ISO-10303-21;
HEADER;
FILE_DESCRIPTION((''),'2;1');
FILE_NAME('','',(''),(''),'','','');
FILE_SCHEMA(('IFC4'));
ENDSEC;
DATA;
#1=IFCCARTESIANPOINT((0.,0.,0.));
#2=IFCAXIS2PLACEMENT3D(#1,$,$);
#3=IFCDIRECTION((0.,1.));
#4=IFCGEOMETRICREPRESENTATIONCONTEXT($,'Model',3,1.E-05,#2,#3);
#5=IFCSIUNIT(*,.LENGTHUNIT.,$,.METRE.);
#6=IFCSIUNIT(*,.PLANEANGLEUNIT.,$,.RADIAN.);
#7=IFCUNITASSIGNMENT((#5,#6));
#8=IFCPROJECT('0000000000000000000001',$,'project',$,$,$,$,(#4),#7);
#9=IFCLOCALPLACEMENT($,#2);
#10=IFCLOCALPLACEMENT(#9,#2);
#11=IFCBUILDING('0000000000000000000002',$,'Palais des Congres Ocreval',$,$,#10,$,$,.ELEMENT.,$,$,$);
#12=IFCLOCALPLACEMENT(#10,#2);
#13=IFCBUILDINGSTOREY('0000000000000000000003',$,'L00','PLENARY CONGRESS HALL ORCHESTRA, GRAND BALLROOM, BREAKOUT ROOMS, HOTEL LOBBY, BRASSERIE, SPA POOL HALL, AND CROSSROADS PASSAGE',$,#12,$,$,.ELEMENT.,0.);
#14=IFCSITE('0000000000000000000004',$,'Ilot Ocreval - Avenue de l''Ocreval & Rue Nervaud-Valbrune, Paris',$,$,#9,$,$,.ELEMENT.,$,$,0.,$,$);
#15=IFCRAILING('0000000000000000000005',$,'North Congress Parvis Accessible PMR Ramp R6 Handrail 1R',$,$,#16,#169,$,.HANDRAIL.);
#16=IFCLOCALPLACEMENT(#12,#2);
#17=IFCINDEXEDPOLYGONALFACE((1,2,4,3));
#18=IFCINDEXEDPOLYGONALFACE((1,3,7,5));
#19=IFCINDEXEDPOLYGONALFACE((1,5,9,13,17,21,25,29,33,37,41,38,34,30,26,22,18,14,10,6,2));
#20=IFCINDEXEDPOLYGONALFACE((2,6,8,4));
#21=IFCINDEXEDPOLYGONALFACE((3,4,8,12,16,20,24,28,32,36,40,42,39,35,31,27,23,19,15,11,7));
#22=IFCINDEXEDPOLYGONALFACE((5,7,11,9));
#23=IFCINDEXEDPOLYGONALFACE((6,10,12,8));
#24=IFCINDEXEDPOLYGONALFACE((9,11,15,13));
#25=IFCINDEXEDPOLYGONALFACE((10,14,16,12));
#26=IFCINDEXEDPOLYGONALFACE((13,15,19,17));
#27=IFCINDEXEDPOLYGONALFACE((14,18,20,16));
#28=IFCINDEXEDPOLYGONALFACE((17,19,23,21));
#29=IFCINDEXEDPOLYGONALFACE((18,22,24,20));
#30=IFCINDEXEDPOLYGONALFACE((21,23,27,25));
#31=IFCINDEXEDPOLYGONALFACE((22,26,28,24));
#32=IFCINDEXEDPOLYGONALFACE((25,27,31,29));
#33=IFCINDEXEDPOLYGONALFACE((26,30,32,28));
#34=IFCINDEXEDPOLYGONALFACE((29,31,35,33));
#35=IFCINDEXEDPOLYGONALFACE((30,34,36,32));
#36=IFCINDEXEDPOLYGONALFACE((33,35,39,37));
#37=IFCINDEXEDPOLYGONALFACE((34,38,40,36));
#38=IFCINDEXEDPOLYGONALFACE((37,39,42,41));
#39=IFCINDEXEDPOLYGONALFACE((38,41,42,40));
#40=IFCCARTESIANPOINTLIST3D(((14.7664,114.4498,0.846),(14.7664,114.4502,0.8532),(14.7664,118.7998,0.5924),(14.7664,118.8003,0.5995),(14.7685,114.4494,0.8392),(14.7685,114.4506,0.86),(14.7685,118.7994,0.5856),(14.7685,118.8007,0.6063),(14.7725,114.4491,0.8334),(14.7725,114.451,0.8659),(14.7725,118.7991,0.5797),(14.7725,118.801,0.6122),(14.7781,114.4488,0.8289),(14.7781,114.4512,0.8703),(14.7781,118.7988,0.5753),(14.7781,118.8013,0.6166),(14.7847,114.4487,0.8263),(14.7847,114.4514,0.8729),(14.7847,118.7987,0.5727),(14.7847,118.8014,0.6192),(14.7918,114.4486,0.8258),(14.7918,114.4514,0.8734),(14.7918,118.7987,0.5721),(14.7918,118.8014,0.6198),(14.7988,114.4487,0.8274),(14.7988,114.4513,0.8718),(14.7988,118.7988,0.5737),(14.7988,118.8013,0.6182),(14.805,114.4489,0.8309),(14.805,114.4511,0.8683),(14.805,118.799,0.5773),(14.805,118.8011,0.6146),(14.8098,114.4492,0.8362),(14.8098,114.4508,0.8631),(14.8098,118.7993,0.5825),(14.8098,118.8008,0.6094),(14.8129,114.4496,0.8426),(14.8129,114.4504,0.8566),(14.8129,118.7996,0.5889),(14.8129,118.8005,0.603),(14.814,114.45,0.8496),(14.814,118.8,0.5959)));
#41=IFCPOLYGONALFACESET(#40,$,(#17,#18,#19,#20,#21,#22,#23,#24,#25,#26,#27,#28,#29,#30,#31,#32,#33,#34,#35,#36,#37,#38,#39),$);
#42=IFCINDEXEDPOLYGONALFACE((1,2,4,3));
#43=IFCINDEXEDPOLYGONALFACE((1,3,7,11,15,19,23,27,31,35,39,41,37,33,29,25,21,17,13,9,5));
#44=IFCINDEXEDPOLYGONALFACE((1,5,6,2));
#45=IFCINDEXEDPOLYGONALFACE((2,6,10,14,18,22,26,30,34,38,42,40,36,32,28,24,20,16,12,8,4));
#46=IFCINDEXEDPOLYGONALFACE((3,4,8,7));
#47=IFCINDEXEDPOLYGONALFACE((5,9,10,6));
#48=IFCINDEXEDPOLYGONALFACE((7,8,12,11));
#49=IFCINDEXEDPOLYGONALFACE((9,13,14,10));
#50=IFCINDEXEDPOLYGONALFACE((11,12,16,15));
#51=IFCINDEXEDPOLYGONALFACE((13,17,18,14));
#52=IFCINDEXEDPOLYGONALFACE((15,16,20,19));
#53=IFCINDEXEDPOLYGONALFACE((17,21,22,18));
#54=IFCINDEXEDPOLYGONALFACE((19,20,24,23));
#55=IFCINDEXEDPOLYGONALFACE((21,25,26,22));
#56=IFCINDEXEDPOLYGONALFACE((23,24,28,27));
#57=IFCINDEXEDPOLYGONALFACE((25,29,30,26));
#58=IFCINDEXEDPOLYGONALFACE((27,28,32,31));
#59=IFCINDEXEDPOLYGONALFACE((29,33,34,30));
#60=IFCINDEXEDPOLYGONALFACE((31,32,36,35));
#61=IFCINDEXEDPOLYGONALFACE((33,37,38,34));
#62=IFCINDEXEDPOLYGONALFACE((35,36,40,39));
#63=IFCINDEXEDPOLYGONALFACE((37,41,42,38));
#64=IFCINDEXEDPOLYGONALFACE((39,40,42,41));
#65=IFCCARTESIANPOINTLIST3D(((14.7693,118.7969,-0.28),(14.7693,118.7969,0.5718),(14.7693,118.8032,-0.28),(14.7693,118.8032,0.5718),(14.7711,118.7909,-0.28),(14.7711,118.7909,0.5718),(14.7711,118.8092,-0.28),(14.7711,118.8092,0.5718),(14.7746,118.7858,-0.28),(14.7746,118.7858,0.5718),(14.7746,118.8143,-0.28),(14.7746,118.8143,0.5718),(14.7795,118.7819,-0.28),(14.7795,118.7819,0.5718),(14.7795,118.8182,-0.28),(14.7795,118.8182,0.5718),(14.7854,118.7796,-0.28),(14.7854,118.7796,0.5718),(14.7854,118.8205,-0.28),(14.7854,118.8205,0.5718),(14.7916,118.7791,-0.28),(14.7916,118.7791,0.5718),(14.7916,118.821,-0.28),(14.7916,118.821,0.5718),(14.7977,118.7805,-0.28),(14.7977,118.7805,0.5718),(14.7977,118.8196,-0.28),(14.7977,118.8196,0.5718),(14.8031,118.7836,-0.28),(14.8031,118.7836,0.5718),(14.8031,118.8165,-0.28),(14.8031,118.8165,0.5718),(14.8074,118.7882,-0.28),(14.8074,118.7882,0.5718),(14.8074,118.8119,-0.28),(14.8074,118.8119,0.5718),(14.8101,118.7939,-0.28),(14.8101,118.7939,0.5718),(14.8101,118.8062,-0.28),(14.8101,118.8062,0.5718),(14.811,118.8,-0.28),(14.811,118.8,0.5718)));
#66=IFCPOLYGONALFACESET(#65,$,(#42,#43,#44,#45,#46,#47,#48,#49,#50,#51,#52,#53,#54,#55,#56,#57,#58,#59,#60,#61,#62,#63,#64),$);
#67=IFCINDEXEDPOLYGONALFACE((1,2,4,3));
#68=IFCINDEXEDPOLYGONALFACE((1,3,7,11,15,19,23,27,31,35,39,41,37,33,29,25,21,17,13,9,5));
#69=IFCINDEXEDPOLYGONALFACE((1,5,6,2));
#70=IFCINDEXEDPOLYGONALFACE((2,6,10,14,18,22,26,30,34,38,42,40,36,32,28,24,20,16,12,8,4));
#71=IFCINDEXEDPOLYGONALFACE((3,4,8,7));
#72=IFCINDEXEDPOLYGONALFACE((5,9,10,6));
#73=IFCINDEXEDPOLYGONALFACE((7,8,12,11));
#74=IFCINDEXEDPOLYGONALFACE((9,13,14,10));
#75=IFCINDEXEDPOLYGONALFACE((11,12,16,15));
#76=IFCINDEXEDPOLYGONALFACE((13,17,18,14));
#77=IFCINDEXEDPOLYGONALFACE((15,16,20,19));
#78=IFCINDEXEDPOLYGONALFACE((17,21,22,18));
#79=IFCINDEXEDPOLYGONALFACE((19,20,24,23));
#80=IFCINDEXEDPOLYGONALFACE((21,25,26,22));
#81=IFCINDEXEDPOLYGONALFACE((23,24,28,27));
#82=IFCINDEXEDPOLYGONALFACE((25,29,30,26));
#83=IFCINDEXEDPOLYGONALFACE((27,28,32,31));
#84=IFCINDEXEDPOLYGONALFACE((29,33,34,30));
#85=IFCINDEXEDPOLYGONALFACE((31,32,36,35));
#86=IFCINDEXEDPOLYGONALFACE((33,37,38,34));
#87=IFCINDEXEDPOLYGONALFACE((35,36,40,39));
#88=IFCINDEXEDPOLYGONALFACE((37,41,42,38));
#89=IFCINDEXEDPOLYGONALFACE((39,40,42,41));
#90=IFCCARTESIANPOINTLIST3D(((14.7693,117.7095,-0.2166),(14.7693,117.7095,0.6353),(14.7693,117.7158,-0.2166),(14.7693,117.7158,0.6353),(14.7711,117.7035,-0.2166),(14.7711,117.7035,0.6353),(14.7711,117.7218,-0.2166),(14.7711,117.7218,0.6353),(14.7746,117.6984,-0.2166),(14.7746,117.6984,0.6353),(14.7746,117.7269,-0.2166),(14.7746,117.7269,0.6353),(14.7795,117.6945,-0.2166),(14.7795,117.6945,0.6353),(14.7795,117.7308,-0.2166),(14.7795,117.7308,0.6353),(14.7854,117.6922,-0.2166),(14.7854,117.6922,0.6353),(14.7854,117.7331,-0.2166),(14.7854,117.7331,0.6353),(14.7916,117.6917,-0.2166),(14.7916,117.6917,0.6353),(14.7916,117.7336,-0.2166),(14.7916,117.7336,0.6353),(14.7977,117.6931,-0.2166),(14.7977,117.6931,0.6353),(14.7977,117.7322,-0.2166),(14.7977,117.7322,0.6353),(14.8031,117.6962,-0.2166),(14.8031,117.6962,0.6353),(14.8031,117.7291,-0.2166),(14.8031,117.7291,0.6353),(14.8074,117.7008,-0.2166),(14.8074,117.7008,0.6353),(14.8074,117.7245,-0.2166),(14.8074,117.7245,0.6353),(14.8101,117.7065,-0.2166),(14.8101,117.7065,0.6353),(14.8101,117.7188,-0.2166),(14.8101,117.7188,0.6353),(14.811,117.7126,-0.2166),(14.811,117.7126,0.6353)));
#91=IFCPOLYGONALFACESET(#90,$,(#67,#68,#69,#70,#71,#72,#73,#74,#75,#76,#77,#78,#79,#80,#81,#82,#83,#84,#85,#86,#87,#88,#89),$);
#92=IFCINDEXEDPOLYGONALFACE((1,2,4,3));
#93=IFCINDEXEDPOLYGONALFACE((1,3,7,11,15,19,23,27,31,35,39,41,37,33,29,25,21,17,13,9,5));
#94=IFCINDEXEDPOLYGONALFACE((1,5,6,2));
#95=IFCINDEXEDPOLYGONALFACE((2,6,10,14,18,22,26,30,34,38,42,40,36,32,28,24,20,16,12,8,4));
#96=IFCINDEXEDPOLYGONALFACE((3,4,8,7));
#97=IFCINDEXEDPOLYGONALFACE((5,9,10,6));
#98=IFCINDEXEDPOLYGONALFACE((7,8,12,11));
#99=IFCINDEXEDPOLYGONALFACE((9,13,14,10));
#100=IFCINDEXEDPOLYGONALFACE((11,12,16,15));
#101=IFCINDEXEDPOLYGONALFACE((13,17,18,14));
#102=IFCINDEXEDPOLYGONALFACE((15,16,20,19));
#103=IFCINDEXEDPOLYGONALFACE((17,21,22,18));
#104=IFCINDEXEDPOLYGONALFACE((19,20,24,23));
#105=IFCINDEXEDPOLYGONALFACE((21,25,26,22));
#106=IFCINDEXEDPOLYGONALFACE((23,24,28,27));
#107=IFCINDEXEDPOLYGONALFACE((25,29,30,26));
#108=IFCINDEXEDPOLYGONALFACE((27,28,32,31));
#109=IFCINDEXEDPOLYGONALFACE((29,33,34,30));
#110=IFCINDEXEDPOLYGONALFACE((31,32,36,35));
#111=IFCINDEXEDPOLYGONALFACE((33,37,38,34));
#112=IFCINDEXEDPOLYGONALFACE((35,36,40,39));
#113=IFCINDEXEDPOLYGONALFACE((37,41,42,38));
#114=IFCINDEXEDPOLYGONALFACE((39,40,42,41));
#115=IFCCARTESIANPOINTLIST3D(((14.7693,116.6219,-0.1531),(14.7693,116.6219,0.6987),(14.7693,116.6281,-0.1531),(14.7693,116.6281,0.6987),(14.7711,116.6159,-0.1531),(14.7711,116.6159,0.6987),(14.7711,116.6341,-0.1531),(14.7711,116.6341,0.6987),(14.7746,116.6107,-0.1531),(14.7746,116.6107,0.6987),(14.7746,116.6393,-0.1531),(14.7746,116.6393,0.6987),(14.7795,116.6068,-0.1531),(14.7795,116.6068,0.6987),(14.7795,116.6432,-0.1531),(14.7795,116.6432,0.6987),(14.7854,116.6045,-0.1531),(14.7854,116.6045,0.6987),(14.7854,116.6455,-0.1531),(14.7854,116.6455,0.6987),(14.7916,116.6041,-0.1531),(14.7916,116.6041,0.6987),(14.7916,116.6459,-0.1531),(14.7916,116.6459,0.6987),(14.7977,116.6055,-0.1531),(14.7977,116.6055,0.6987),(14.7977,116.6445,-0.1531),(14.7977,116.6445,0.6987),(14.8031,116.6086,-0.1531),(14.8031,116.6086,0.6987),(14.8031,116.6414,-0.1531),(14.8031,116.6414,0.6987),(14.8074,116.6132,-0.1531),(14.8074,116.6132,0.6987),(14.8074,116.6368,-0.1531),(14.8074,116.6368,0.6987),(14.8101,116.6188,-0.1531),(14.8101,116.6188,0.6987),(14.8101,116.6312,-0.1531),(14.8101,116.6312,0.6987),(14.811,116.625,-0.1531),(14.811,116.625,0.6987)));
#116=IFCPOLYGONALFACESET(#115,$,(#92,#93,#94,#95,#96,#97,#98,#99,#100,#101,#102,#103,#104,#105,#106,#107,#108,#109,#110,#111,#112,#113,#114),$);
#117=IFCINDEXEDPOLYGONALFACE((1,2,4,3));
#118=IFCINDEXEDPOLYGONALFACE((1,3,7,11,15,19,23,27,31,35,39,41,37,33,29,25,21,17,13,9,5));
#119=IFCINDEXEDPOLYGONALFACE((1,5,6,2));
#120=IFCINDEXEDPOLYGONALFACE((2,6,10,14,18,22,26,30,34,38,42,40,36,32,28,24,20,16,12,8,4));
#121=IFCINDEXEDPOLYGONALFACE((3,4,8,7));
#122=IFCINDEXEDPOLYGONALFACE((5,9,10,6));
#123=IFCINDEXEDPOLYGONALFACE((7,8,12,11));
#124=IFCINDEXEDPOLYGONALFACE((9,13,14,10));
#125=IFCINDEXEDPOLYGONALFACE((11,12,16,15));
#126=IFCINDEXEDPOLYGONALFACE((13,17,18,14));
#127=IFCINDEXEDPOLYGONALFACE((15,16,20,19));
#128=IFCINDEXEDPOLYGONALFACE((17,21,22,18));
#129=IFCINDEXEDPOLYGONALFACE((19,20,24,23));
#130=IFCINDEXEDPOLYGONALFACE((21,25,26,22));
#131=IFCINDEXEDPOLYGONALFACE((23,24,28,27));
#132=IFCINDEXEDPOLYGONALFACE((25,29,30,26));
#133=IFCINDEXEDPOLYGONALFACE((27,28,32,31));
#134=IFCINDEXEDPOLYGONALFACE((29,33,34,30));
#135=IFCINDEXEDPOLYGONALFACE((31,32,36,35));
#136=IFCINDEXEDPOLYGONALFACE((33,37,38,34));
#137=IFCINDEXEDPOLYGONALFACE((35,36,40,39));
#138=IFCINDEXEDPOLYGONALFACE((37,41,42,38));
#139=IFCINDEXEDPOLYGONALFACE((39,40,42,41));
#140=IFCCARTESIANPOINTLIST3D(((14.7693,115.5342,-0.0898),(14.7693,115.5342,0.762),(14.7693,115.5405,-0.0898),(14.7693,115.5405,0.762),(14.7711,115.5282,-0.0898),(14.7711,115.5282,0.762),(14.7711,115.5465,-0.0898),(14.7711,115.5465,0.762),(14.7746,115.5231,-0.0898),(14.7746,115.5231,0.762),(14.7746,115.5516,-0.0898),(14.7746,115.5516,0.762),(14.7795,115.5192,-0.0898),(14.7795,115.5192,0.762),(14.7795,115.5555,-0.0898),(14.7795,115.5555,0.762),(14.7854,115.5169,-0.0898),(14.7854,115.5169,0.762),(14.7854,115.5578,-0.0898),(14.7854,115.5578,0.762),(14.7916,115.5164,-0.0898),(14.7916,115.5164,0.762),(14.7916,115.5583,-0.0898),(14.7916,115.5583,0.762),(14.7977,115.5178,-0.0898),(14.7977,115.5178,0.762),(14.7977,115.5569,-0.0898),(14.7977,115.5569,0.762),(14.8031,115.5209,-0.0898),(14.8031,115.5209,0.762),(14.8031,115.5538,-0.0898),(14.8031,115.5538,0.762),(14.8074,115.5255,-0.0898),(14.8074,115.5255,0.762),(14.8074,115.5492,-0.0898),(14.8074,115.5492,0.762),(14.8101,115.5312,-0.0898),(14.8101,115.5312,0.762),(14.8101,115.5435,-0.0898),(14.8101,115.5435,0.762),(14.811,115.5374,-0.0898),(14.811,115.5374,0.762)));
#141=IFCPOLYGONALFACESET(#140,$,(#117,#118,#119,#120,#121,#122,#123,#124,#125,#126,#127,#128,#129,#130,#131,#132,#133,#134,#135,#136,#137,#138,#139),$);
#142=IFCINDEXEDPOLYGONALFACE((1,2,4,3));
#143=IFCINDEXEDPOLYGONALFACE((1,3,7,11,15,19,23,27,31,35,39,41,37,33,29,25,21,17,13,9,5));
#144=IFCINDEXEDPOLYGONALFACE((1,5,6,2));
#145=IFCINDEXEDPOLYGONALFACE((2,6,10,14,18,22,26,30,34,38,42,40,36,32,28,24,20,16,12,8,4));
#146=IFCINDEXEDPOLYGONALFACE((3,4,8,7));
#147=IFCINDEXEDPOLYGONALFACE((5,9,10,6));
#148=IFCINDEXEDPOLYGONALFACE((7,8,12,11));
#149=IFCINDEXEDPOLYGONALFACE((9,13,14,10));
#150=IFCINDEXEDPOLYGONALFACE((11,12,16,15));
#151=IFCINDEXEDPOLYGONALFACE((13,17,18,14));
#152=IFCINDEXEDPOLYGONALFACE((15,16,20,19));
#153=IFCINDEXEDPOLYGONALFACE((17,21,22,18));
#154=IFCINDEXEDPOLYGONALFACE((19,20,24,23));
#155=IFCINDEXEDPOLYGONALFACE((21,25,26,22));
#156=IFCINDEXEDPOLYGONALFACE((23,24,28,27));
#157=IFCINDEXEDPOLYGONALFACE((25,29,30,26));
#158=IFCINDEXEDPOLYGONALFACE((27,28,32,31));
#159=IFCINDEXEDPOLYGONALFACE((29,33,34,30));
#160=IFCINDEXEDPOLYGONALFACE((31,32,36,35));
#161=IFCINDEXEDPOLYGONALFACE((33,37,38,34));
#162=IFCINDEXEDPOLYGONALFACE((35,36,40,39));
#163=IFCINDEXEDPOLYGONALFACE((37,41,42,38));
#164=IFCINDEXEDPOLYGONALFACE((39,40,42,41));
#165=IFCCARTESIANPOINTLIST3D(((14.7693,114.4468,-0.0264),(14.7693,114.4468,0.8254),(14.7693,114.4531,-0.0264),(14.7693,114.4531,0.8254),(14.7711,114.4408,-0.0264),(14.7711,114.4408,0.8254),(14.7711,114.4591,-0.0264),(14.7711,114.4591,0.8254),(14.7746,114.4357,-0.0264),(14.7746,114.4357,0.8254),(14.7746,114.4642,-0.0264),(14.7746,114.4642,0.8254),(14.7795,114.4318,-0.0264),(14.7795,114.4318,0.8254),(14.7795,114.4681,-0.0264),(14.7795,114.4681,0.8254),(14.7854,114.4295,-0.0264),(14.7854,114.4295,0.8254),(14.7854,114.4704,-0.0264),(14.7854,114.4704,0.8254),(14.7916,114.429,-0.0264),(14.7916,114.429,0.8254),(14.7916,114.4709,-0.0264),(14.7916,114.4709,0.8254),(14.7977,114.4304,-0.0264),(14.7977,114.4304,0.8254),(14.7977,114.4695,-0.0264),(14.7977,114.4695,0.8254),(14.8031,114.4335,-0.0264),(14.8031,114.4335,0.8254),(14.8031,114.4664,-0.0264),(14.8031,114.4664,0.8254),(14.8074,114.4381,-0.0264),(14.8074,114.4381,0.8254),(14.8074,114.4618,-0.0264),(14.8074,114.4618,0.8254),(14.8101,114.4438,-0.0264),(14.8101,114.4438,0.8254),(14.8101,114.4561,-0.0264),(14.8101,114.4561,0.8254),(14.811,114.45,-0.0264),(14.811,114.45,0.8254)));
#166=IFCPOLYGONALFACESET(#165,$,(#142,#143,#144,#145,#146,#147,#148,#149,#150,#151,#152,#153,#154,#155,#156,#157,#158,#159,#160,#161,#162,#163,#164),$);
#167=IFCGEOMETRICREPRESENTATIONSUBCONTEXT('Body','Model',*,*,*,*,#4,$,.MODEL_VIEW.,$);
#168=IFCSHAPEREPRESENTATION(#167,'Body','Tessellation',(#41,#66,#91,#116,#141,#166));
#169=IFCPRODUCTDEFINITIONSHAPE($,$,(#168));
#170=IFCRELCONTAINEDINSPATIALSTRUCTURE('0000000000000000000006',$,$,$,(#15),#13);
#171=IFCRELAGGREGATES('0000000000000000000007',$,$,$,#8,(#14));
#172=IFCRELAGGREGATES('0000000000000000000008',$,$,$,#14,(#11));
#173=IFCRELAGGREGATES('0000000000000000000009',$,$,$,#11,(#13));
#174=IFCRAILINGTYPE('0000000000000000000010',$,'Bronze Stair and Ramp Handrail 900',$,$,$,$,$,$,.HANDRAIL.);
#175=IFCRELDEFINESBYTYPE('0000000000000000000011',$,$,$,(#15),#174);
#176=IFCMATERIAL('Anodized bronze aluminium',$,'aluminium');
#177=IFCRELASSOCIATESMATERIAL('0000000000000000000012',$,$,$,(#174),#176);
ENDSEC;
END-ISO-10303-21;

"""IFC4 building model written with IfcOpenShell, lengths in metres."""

from ifc_helpers import new_model, si_unit, direction, frame, origin, origin_2d, place, context, subcontext, project, spatial, circle, extrude, material, type_object, element, save


model = new_model("IFC4")

# Units and contexts
model_context = context("Model", 3, precision=1e-05, world=origin(), true_north=direction((0.0, 1.0)))
body_context = subcontext(model_context, "Body", "Model", "MODEL_VIEW")
ifc_project = project(units=[si_unit("LENGTHUNIT", "METRE"), si_unit("PLANEANGLEUNIT", "RADIAN")], contexts=[model_context])

# Site, building, storey
site_placement = place(None, origin())
site = spatial("IfcSite", under=ifc_project, at=site_placement, Name="Ilot Ocreval - Avenue de l'Ocreval & Rue Nervaud-Valbrune, Paris", CompositionType="ELEMENT", RefElevation=0.0)
building_placement = place(site_placement, origin())
building = spatial("IfcBuilding", under=site, at=building_placement, Name="Palais des Congres Ocreval", CompositionType="ELEMENT")
storey_placement = place(building_placement, origin())
storey = spatial("IfcBuildingStorey", under=building, at=storey_placement, Name="L00", Description="PLENARY CONGRESS HALL ORCHESTRA, GRAND BALLROOM, BREAKOUT ROOMS, HOTEL LOBBY, BRASSERIE, SPA POOL HALL, AND CROSSROADS PASSAGE", CompositionType="ELEMENT", Elevation=0.0)

# Railing
ifc_material_1 = material(Name="Anodized bronze aluminium", Category="aluminium")
railing_type = type_object("IfcRailingType", Name="Bronze Stair and Ramp Handrail 900", PredefinedType="HANDRAIL", material=ifc_material_1)
for number, where, name in (
    (1, (14.79, 118.8, -0.28), "North Congress Parvis Accessible PMR Ramp R6 Handrail 1R"),
):
    element("IfcRailing", number, at=place(storey_placement, frame(where)), inside=storey, type_object=railing_type, Name=name, PredefinedType="HANDRAIL", context=body_context, shape_type="SweptSolid", body=[
        extrude(circle(Radius=0.0239, at=origin_2d()), frame((0.0, 0.0, 0.876), z_axis=(0.0, -0.998304, 0.058213), x_axis=(1.0, 0.0, 0.0)), (0.0, 0.0, 1.0), 4.3574),
        extrude(circle(Radius=0.021, at=origin_2d()), origin(), (0.0, 0.0, 1.0), 0.8518),
        extrude(circle(Radius=0.021, at=origin_2d()), frame((0.0, -1.0874, 0.0635)), (0.0, 0.0, 1.0), 0.8518),
        extrude(circle(Radius=0.021, at=origin_2d()), frame((0.0, -2.175, 0.127)), (0.0, 0.0, 1.0), 0.8518),
        extrude(circle(Radius=0.021, at=origin_2d()), frame((0.0, -3.2627, 0.1902)), (0.0, 0.0, 1.0), 0.8518),
        extrude(circle(Radius=0.021, at=origin_2d()), frame((0.0, -4.3501, 0.2537)), (0.0, 0.0, 1.0), 0.8518),
    ])

save(model, "model.ifc")
